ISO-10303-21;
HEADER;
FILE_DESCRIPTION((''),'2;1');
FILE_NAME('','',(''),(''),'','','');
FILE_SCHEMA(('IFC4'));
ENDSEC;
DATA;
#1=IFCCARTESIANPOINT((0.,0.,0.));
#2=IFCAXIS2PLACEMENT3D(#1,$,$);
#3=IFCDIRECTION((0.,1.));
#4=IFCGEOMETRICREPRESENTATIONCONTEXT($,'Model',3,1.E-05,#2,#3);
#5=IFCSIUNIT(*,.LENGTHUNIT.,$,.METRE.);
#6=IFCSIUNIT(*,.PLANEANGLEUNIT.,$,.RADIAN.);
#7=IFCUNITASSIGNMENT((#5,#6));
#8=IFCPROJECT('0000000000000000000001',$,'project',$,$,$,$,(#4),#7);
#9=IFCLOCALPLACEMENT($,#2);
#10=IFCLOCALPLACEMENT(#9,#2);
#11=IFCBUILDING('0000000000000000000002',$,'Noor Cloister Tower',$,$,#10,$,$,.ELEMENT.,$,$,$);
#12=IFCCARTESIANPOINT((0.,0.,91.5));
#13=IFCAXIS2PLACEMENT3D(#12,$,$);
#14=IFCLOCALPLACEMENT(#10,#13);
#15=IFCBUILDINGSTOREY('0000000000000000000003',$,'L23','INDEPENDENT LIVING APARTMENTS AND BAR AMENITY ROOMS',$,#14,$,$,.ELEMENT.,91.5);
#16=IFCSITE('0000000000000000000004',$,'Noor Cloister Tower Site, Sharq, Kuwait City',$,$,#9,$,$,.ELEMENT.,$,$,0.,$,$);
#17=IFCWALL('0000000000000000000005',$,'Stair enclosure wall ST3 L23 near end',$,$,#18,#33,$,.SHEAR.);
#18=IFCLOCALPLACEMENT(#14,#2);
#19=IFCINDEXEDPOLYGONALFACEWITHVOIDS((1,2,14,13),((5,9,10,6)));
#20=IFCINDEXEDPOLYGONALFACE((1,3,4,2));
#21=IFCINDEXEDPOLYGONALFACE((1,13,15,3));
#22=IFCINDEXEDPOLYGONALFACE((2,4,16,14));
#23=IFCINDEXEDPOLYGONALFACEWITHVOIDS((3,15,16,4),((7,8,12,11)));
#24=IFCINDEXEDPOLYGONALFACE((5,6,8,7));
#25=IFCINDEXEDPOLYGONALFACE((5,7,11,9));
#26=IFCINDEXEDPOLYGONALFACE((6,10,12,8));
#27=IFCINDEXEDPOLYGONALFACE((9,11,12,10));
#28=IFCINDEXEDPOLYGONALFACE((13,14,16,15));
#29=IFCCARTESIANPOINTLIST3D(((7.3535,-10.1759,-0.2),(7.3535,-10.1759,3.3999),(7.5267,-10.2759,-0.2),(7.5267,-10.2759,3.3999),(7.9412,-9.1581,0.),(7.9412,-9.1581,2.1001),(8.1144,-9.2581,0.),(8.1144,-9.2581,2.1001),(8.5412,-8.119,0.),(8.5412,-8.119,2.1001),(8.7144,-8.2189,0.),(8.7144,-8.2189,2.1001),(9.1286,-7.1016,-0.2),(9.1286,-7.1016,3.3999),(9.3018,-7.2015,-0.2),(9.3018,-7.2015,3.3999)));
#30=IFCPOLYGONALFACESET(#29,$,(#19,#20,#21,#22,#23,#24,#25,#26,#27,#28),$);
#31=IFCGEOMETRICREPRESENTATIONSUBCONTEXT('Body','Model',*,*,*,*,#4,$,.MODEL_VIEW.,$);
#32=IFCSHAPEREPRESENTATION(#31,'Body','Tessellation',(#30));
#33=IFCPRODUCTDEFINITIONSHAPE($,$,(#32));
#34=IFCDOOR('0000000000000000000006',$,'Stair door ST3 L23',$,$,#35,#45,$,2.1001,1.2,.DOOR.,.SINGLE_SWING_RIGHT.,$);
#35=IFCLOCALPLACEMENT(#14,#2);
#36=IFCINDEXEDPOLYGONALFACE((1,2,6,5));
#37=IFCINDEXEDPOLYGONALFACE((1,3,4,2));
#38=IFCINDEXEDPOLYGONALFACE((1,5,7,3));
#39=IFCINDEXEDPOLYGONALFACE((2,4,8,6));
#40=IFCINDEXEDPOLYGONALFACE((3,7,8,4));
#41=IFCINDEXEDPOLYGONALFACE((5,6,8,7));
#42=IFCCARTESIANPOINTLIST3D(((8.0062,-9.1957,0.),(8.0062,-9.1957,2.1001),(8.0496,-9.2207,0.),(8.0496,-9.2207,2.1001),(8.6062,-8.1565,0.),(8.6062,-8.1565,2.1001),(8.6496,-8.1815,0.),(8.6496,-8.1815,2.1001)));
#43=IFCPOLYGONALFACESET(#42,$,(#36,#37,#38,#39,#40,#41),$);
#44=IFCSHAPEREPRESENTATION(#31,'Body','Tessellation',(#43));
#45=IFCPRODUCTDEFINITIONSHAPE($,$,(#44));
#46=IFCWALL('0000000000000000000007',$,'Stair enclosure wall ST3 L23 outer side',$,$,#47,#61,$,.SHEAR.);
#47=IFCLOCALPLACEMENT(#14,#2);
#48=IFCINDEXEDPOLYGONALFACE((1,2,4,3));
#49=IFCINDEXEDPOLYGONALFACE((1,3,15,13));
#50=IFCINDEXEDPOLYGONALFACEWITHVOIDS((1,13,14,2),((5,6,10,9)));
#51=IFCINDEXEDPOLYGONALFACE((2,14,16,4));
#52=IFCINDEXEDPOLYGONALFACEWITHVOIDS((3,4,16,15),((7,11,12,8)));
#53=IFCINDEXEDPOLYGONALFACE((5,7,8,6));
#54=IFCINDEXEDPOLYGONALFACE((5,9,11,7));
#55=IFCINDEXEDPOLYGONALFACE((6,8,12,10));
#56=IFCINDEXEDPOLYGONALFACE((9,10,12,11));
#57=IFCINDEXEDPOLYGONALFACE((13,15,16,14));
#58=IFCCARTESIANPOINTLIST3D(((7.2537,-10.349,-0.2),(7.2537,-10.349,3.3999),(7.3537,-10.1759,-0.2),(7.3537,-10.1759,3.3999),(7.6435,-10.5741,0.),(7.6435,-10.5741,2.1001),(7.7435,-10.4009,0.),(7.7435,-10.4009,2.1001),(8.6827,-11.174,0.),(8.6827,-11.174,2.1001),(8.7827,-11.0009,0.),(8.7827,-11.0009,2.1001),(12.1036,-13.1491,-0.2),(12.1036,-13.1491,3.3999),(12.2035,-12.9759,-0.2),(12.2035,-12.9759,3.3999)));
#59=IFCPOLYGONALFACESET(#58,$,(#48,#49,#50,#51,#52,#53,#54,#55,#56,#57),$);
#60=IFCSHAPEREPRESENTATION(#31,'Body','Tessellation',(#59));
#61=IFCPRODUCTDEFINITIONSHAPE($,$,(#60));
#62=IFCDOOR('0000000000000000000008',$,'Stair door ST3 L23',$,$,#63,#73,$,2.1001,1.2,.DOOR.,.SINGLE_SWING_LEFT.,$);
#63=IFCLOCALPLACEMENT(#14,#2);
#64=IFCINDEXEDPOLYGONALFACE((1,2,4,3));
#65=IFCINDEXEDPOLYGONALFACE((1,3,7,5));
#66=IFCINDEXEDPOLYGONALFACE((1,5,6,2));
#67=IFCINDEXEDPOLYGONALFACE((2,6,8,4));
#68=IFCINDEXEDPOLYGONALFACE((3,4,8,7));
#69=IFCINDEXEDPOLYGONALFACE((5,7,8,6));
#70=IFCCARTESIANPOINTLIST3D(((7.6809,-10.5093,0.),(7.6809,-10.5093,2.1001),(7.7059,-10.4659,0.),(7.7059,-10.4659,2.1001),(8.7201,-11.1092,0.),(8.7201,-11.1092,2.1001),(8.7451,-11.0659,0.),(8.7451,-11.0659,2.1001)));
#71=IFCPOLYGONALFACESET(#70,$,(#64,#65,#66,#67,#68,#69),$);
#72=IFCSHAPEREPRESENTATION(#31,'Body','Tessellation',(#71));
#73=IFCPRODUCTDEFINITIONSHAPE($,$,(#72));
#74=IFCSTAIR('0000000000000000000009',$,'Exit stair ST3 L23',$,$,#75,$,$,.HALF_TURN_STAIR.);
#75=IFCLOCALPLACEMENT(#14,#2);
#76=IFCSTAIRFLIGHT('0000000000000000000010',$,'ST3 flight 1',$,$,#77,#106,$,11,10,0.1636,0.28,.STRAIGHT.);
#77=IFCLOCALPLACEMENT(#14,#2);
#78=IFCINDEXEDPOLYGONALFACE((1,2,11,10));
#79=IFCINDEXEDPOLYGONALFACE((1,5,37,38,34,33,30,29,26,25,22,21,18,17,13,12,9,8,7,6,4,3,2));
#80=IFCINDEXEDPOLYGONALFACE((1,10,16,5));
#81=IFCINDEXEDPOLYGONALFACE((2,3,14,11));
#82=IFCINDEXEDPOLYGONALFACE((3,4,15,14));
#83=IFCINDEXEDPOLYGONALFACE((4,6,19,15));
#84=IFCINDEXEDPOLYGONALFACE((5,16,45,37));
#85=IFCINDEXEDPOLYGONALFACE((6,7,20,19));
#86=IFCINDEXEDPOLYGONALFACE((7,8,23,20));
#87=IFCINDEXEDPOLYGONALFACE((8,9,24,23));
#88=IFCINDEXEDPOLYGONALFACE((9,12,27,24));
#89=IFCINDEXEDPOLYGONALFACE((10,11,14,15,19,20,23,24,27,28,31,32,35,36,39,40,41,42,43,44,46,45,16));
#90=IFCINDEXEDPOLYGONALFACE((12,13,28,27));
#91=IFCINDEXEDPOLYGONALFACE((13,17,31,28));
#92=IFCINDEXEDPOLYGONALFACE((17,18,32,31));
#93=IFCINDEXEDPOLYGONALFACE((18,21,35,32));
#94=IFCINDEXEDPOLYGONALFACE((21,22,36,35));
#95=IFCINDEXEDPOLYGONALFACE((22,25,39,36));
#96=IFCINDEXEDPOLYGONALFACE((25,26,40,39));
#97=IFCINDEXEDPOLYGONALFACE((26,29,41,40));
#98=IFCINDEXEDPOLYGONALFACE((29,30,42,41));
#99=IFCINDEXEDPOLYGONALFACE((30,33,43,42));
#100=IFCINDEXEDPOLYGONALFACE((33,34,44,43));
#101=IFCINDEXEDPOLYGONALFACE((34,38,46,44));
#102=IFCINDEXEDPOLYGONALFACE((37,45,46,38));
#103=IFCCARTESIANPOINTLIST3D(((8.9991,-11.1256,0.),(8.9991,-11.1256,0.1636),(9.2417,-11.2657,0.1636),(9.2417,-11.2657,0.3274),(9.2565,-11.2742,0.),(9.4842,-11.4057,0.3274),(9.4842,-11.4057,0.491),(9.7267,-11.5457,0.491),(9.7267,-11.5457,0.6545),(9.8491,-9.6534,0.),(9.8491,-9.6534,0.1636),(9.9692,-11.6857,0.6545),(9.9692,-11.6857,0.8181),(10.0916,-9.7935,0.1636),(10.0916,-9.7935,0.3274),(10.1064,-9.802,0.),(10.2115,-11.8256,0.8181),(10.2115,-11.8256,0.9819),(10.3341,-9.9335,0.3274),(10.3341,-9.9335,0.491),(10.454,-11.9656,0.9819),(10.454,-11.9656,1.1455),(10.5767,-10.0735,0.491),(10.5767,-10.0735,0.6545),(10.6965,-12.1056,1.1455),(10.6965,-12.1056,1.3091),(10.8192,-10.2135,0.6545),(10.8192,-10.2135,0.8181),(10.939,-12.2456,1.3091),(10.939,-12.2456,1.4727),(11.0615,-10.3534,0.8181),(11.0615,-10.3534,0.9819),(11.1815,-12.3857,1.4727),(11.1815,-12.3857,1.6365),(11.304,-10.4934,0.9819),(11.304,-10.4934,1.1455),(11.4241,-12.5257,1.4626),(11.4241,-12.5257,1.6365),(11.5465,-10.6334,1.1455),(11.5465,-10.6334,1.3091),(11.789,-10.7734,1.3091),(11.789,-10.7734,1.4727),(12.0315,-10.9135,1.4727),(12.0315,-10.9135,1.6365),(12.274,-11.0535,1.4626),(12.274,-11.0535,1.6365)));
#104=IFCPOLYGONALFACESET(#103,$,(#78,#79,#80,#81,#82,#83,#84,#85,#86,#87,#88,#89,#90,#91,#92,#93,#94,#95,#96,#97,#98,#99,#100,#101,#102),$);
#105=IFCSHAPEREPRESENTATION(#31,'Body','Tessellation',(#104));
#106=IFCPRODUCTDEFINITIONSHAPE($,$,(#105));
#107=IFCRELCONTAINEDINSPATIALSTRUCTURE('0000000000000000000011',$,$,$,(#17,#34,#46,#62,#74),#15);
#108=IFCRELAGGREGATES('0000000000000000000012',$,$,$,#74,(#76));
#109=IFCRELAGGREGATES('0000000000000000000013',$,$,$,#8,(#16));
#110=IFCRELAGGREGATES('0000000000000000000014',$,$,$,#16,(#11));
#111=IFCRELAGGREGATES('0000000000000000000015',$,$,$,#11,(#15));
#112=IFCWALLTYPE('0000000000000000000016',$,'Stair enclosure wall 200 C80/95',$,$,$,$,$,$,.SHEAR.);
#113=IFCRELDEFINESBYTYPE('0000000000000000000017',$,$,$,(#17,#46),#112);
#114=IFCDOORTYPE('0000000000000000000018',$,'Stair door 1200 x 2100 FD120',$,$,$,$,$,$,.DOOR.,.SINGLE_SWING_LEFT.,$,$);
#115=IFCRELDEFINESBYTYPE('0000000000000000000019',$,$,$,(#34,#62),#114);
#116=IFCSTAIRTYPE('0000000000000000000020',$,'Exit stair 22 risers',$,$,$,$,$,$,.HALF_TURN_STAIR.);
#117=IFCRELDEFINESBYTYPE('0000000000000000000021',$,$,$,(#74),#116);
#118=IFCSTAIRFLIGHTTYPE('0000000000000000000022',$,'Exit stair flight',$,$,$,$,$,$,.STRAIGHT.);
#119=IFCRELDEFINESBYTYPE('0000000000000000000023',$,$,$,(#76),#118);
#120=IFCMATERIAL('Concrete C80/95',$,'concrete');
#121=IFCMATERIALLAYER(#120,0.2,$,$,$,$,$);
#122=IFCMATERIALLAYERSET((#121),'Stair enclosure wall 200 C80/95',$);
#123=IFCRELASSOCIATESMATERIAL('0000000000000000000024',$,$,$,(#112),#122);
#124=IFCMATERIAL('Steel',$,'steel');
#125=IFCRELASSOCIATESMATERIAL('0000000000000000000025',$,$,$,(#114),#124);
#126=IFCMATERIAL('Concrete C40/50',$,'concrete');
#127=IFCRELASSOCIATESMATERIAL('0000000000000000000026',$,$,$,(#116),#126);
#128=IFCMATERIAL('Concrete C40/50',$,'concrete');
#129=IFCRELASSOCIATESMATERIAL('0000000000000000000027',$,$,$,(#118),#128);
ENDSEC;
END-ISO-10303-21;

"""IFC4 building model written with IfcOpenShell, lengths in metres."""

from ifc_helpers import new_model, si_unit, direction, frame, frame_2d, origin, place, context, subcontext, project, spatial, polyline, rectangle, outline, extrude, material, layer, layer_set, type_object, element, fill, aggregate, save


model = new_model("IFC4")

# Units and contexts
model_context = context("Model", 3, precision=1e-05, world=origin(), true_north=direction((0.0, 1.0)))
body_context = subcontext(model_context, "Body", "Model", "MODEL_VIEW")
ifc_project = project(units=[si_unit("LENGTHUNIT", "METRE"), si_unit("PLANEANGLEUNIT", "RADIAN")], contexts=[model_context])

# Site, building, storey
site_placement = place(None, origin())
site = spatial("IfcSite", under=ifc_project, at=site_placement, Name="Noor Cloister Tower Site, Sharq, Kuwait City", CompositionType="ELEMENT", RefElevation=0.0)
building_placement = place(site_placement, origin())
building = spatial("IfcBuilding", under=site, at=building_placement, Name="Noor Cloister Tower", CompositionType="ELEMENT")
storey_placement = place(building_placement, frame((0.0, 0.0, 91.5)))
storey = spatial("IfcBuildingStorey", under=building, at=storey_placement, Name="L23", Description="INDEPENDENT LIVING APARTMENTS AND BAR AMENITY ROOMS", CompositionType="ELEMENT", Elevation=91.5)

# Walls, openings, doors
ifc_material_1 = material(Name="Concrete C80/95", Category="concrete")
ifc_layer_1 = layer(ifc_material_1, 0.2)
ifc_layer_set_1 = layer_set([ifc_layer_1], Name="Stair enclosure wall 200 C80/95")
wall_type_1 = type_object("IfcWallType", Name="Stair enclosure wall 200 C80/95", PredefinedType="SHEAR", material=ifc_layer_set_1)
wall_1_placement = place(storey_placement, frame((7.4402, -10.2258, -0.2), z_axis=(0.0, 0.0, 1.0), x_axis=(0.500022, 0.866013, 0.0)))
wall_1 = element("IfcWall", 1, at=wall_1_placement, inside=storey, type_object=wall_type_1, Name="Stair enclosure wall ST3 L23 near end", PredefinedType="SHEAR", context=body_context, shape_type="SweptSolid", body=[
    extrude(rectangle(XDim=3.55, YDim=0.2, at=frame_2d((1.7749, 0.0))), origin(), (0.0, 0.0, 1.0), 3.5999),
])
opening_1_placement = place(wall_1_placement, frame((1.175, 0.0, 0.2)))
opening_1 = element("IfcOpeningElement", 2, at=opening_1_placement, cuts=wall_1, PredefinedType="OPENING", context=body_context, shape_type="SweptSolid", body=[
    extrude(rectangle(XDim=1.2, YDim=2.1001, at=frame_2d((0.6001, 1.05))), frame((0.0, 0.1099, 0.0), z_axis=(0.0, -1.0, 0.0), x_axis=(1.0, 0.0, 0.0)), (0.0, 0.0, 1.0), 0.22),
])
ifc_material_2 = material(Name="Steel", Category="steel")
door_type_1 = type_object("IfcDoorType", Name="Stair door 1200 x 2100 FD120", OperationType="SINGLE_SWING_LEFT", PredefinedType="DOOR", material=ifc_material_2)
door_1_placement = place(opening_1_placement, origin())
door_1 = element("IfcDoor", 3, at=door_1_placement, inside=storey, type_object=door_type_1, Name="Stair door ST3 L23", OperationType="SINGLE_SWING_RIGHT", OverallHeight=2.1001, OverallWidth=1.2, PredefinedType="DOOR", context=body_context, shape_type="SweptSolid", body=[
    extrude(rectangle(XDim=1.2, YDim=2.1001, at=frame_2d((0.6001, 1.05))), frame((0.0, 0.0249, 0.0), z_axis=(0.0, -1.0, 0.0), x_axis=(1.0, 0.0, 0.0)), (0.0, 0.0, 1.0), 0.05),
])
fill(opening_1, door_1)
wall_2_placement = place(storey_placement, frame((7.3037, -10.2625, -0.2), z_axis=(0.0, 0.0, 1.0), x_axis=(0.866027, -0.499998, 0.0)))
wall_2 = element("IfcWall", 4, at=wall_2_placement, inside=storey, type_object=wall_type_1, Name="Stair enclosure wall ST3 L23 outer side", PredefinedType="SHEAR", context=body_context, shape_type="SweptSolid", body=[
    extrude(rectangle(XDim=5.6001, YDim=0.2, at=frame_2d((2.8, 0.0))), origin(), (0.0, 0.0, 1.0), 3.5999),
])
opening_2_placement = place(wall_2_placement, frame((0.45, 0.0, 0.2)))
opening_2 = element("IfcOpeningElement", 5, at=opening_2_placement, cuts=wall_2, PredefinedType="OPENING", context=body_context, shape_type="SweptSolid", body=[
    extrude(rectangle(XDim=1.2, YDim=2.1001, at=frame_2d((0.6001, 1.05))), frame((0.0, 0.1099, 0.0), z_axis=(0.0, -1.0, 0.0), x_axis=(1.0, 0.0, 0.0)), (0.0, 0.0, 1.0), 0.22),
])
door_2_placement = place(opening_2_placement, origin())
door_2 = element("IfcDoor", 6, at=door_2_placement, inside=storey, type_object=door_type_1, Name="Stair door ST3 L23", OperationType="SINGLE_SWING_LEFT", OverallHeight=2.1001, OverallWidth=1.2, PredefinedType="DOOR", context=body_context, shape_type="SweptSolid", body=[
    extrude(rectangle(XDim=1.2, YDim=2.1001, at=frame_2d((0.6001, 1.05))), frame((0.0, 0.0249, 0.0), z_axis=(0.0, -1.0, 0.0), x_axis=(1.0, 0.0, 0.0)), (0.0, 0.0, 1.0), 0.05),
])
fill(opening_2, door_2)

# Stair, stair flight
ifc_material_3 = material(Name="Concrete C40/50", Category="concrete")
stair_type = type_object("IfcStairType", Name="Exit stair 22 risers", PredefinedType="HALF_TURN_STAIR", material=ifc_material_3)
stair_placement = place(storey_placement, origin())
stair = element("IfcStair", 7, at=stair_placement, inside=storey, type_object=stair_type, Name="Exit stair ST3 L23", PredefinedType="HALF_TURN_STAIR")
ifc_material_4 = material(Name="Concrete C40/50", Category="concrete")
stair_flight_type = type_object("IfcStairFlightType", Name="Exit stair flight", PredefinedType="STRAIGHT", material=ifc_material_4)
stair_flight_placement = place(storey_placement, frame((9.4241, -10.3896, 0.0), z_axis=(0.0, 0.0, 1.0), x_axis=(0.866025, -0.5, 0.0)))
stair_flight = element("IfcStairFlight", 8, at=stair_flight_placement, type_object=stair_flight_type, Name="ST3 flight 1", NumberOfRisers=11, NumberOfTreads=10, PredefinedType="STRAIGHT", RiserHeight=0.1636, TreadLength=0.28, context=body_context, shape_type="SweptSolid", body=[
    extrude(outline(polyline([(0.0, 0.0), (0.0, 0.1636), (0.28, 0.1636), (0.28, 0.3274), (0.5601, 0.3274), (0.5601, 0.491), (0.8401, 0.491), (0.8401, 0.6545), (1.1201, 0.6545), (1.1201, 0.8181), (1.3999, 0.8181), (1.3999, 0.9819), (1.6799, 0.9819), (1.6799, 1.1455), (1.96, 1.1455), (1.96, 1.3091), (2.24, 1.3091), (2.24, 1.4727), (2.52, 1.4727), (2.52, 1.6365), (2.8, 1.6365), (2.8, 1.8), (2.8, 1.4626), (0.2971, 0.0), (0.0, 0.0)])), frame((0.0, 0.8501, 0.0), z_axis=(0.0, -1.0, 0.0), x_axis=(1.0, 0.0, 0.0)), (0.0, 0.0, 1.0), 1.7),
])
aggregate(stair, [stair_flight])

save(model, "model.ifc")
